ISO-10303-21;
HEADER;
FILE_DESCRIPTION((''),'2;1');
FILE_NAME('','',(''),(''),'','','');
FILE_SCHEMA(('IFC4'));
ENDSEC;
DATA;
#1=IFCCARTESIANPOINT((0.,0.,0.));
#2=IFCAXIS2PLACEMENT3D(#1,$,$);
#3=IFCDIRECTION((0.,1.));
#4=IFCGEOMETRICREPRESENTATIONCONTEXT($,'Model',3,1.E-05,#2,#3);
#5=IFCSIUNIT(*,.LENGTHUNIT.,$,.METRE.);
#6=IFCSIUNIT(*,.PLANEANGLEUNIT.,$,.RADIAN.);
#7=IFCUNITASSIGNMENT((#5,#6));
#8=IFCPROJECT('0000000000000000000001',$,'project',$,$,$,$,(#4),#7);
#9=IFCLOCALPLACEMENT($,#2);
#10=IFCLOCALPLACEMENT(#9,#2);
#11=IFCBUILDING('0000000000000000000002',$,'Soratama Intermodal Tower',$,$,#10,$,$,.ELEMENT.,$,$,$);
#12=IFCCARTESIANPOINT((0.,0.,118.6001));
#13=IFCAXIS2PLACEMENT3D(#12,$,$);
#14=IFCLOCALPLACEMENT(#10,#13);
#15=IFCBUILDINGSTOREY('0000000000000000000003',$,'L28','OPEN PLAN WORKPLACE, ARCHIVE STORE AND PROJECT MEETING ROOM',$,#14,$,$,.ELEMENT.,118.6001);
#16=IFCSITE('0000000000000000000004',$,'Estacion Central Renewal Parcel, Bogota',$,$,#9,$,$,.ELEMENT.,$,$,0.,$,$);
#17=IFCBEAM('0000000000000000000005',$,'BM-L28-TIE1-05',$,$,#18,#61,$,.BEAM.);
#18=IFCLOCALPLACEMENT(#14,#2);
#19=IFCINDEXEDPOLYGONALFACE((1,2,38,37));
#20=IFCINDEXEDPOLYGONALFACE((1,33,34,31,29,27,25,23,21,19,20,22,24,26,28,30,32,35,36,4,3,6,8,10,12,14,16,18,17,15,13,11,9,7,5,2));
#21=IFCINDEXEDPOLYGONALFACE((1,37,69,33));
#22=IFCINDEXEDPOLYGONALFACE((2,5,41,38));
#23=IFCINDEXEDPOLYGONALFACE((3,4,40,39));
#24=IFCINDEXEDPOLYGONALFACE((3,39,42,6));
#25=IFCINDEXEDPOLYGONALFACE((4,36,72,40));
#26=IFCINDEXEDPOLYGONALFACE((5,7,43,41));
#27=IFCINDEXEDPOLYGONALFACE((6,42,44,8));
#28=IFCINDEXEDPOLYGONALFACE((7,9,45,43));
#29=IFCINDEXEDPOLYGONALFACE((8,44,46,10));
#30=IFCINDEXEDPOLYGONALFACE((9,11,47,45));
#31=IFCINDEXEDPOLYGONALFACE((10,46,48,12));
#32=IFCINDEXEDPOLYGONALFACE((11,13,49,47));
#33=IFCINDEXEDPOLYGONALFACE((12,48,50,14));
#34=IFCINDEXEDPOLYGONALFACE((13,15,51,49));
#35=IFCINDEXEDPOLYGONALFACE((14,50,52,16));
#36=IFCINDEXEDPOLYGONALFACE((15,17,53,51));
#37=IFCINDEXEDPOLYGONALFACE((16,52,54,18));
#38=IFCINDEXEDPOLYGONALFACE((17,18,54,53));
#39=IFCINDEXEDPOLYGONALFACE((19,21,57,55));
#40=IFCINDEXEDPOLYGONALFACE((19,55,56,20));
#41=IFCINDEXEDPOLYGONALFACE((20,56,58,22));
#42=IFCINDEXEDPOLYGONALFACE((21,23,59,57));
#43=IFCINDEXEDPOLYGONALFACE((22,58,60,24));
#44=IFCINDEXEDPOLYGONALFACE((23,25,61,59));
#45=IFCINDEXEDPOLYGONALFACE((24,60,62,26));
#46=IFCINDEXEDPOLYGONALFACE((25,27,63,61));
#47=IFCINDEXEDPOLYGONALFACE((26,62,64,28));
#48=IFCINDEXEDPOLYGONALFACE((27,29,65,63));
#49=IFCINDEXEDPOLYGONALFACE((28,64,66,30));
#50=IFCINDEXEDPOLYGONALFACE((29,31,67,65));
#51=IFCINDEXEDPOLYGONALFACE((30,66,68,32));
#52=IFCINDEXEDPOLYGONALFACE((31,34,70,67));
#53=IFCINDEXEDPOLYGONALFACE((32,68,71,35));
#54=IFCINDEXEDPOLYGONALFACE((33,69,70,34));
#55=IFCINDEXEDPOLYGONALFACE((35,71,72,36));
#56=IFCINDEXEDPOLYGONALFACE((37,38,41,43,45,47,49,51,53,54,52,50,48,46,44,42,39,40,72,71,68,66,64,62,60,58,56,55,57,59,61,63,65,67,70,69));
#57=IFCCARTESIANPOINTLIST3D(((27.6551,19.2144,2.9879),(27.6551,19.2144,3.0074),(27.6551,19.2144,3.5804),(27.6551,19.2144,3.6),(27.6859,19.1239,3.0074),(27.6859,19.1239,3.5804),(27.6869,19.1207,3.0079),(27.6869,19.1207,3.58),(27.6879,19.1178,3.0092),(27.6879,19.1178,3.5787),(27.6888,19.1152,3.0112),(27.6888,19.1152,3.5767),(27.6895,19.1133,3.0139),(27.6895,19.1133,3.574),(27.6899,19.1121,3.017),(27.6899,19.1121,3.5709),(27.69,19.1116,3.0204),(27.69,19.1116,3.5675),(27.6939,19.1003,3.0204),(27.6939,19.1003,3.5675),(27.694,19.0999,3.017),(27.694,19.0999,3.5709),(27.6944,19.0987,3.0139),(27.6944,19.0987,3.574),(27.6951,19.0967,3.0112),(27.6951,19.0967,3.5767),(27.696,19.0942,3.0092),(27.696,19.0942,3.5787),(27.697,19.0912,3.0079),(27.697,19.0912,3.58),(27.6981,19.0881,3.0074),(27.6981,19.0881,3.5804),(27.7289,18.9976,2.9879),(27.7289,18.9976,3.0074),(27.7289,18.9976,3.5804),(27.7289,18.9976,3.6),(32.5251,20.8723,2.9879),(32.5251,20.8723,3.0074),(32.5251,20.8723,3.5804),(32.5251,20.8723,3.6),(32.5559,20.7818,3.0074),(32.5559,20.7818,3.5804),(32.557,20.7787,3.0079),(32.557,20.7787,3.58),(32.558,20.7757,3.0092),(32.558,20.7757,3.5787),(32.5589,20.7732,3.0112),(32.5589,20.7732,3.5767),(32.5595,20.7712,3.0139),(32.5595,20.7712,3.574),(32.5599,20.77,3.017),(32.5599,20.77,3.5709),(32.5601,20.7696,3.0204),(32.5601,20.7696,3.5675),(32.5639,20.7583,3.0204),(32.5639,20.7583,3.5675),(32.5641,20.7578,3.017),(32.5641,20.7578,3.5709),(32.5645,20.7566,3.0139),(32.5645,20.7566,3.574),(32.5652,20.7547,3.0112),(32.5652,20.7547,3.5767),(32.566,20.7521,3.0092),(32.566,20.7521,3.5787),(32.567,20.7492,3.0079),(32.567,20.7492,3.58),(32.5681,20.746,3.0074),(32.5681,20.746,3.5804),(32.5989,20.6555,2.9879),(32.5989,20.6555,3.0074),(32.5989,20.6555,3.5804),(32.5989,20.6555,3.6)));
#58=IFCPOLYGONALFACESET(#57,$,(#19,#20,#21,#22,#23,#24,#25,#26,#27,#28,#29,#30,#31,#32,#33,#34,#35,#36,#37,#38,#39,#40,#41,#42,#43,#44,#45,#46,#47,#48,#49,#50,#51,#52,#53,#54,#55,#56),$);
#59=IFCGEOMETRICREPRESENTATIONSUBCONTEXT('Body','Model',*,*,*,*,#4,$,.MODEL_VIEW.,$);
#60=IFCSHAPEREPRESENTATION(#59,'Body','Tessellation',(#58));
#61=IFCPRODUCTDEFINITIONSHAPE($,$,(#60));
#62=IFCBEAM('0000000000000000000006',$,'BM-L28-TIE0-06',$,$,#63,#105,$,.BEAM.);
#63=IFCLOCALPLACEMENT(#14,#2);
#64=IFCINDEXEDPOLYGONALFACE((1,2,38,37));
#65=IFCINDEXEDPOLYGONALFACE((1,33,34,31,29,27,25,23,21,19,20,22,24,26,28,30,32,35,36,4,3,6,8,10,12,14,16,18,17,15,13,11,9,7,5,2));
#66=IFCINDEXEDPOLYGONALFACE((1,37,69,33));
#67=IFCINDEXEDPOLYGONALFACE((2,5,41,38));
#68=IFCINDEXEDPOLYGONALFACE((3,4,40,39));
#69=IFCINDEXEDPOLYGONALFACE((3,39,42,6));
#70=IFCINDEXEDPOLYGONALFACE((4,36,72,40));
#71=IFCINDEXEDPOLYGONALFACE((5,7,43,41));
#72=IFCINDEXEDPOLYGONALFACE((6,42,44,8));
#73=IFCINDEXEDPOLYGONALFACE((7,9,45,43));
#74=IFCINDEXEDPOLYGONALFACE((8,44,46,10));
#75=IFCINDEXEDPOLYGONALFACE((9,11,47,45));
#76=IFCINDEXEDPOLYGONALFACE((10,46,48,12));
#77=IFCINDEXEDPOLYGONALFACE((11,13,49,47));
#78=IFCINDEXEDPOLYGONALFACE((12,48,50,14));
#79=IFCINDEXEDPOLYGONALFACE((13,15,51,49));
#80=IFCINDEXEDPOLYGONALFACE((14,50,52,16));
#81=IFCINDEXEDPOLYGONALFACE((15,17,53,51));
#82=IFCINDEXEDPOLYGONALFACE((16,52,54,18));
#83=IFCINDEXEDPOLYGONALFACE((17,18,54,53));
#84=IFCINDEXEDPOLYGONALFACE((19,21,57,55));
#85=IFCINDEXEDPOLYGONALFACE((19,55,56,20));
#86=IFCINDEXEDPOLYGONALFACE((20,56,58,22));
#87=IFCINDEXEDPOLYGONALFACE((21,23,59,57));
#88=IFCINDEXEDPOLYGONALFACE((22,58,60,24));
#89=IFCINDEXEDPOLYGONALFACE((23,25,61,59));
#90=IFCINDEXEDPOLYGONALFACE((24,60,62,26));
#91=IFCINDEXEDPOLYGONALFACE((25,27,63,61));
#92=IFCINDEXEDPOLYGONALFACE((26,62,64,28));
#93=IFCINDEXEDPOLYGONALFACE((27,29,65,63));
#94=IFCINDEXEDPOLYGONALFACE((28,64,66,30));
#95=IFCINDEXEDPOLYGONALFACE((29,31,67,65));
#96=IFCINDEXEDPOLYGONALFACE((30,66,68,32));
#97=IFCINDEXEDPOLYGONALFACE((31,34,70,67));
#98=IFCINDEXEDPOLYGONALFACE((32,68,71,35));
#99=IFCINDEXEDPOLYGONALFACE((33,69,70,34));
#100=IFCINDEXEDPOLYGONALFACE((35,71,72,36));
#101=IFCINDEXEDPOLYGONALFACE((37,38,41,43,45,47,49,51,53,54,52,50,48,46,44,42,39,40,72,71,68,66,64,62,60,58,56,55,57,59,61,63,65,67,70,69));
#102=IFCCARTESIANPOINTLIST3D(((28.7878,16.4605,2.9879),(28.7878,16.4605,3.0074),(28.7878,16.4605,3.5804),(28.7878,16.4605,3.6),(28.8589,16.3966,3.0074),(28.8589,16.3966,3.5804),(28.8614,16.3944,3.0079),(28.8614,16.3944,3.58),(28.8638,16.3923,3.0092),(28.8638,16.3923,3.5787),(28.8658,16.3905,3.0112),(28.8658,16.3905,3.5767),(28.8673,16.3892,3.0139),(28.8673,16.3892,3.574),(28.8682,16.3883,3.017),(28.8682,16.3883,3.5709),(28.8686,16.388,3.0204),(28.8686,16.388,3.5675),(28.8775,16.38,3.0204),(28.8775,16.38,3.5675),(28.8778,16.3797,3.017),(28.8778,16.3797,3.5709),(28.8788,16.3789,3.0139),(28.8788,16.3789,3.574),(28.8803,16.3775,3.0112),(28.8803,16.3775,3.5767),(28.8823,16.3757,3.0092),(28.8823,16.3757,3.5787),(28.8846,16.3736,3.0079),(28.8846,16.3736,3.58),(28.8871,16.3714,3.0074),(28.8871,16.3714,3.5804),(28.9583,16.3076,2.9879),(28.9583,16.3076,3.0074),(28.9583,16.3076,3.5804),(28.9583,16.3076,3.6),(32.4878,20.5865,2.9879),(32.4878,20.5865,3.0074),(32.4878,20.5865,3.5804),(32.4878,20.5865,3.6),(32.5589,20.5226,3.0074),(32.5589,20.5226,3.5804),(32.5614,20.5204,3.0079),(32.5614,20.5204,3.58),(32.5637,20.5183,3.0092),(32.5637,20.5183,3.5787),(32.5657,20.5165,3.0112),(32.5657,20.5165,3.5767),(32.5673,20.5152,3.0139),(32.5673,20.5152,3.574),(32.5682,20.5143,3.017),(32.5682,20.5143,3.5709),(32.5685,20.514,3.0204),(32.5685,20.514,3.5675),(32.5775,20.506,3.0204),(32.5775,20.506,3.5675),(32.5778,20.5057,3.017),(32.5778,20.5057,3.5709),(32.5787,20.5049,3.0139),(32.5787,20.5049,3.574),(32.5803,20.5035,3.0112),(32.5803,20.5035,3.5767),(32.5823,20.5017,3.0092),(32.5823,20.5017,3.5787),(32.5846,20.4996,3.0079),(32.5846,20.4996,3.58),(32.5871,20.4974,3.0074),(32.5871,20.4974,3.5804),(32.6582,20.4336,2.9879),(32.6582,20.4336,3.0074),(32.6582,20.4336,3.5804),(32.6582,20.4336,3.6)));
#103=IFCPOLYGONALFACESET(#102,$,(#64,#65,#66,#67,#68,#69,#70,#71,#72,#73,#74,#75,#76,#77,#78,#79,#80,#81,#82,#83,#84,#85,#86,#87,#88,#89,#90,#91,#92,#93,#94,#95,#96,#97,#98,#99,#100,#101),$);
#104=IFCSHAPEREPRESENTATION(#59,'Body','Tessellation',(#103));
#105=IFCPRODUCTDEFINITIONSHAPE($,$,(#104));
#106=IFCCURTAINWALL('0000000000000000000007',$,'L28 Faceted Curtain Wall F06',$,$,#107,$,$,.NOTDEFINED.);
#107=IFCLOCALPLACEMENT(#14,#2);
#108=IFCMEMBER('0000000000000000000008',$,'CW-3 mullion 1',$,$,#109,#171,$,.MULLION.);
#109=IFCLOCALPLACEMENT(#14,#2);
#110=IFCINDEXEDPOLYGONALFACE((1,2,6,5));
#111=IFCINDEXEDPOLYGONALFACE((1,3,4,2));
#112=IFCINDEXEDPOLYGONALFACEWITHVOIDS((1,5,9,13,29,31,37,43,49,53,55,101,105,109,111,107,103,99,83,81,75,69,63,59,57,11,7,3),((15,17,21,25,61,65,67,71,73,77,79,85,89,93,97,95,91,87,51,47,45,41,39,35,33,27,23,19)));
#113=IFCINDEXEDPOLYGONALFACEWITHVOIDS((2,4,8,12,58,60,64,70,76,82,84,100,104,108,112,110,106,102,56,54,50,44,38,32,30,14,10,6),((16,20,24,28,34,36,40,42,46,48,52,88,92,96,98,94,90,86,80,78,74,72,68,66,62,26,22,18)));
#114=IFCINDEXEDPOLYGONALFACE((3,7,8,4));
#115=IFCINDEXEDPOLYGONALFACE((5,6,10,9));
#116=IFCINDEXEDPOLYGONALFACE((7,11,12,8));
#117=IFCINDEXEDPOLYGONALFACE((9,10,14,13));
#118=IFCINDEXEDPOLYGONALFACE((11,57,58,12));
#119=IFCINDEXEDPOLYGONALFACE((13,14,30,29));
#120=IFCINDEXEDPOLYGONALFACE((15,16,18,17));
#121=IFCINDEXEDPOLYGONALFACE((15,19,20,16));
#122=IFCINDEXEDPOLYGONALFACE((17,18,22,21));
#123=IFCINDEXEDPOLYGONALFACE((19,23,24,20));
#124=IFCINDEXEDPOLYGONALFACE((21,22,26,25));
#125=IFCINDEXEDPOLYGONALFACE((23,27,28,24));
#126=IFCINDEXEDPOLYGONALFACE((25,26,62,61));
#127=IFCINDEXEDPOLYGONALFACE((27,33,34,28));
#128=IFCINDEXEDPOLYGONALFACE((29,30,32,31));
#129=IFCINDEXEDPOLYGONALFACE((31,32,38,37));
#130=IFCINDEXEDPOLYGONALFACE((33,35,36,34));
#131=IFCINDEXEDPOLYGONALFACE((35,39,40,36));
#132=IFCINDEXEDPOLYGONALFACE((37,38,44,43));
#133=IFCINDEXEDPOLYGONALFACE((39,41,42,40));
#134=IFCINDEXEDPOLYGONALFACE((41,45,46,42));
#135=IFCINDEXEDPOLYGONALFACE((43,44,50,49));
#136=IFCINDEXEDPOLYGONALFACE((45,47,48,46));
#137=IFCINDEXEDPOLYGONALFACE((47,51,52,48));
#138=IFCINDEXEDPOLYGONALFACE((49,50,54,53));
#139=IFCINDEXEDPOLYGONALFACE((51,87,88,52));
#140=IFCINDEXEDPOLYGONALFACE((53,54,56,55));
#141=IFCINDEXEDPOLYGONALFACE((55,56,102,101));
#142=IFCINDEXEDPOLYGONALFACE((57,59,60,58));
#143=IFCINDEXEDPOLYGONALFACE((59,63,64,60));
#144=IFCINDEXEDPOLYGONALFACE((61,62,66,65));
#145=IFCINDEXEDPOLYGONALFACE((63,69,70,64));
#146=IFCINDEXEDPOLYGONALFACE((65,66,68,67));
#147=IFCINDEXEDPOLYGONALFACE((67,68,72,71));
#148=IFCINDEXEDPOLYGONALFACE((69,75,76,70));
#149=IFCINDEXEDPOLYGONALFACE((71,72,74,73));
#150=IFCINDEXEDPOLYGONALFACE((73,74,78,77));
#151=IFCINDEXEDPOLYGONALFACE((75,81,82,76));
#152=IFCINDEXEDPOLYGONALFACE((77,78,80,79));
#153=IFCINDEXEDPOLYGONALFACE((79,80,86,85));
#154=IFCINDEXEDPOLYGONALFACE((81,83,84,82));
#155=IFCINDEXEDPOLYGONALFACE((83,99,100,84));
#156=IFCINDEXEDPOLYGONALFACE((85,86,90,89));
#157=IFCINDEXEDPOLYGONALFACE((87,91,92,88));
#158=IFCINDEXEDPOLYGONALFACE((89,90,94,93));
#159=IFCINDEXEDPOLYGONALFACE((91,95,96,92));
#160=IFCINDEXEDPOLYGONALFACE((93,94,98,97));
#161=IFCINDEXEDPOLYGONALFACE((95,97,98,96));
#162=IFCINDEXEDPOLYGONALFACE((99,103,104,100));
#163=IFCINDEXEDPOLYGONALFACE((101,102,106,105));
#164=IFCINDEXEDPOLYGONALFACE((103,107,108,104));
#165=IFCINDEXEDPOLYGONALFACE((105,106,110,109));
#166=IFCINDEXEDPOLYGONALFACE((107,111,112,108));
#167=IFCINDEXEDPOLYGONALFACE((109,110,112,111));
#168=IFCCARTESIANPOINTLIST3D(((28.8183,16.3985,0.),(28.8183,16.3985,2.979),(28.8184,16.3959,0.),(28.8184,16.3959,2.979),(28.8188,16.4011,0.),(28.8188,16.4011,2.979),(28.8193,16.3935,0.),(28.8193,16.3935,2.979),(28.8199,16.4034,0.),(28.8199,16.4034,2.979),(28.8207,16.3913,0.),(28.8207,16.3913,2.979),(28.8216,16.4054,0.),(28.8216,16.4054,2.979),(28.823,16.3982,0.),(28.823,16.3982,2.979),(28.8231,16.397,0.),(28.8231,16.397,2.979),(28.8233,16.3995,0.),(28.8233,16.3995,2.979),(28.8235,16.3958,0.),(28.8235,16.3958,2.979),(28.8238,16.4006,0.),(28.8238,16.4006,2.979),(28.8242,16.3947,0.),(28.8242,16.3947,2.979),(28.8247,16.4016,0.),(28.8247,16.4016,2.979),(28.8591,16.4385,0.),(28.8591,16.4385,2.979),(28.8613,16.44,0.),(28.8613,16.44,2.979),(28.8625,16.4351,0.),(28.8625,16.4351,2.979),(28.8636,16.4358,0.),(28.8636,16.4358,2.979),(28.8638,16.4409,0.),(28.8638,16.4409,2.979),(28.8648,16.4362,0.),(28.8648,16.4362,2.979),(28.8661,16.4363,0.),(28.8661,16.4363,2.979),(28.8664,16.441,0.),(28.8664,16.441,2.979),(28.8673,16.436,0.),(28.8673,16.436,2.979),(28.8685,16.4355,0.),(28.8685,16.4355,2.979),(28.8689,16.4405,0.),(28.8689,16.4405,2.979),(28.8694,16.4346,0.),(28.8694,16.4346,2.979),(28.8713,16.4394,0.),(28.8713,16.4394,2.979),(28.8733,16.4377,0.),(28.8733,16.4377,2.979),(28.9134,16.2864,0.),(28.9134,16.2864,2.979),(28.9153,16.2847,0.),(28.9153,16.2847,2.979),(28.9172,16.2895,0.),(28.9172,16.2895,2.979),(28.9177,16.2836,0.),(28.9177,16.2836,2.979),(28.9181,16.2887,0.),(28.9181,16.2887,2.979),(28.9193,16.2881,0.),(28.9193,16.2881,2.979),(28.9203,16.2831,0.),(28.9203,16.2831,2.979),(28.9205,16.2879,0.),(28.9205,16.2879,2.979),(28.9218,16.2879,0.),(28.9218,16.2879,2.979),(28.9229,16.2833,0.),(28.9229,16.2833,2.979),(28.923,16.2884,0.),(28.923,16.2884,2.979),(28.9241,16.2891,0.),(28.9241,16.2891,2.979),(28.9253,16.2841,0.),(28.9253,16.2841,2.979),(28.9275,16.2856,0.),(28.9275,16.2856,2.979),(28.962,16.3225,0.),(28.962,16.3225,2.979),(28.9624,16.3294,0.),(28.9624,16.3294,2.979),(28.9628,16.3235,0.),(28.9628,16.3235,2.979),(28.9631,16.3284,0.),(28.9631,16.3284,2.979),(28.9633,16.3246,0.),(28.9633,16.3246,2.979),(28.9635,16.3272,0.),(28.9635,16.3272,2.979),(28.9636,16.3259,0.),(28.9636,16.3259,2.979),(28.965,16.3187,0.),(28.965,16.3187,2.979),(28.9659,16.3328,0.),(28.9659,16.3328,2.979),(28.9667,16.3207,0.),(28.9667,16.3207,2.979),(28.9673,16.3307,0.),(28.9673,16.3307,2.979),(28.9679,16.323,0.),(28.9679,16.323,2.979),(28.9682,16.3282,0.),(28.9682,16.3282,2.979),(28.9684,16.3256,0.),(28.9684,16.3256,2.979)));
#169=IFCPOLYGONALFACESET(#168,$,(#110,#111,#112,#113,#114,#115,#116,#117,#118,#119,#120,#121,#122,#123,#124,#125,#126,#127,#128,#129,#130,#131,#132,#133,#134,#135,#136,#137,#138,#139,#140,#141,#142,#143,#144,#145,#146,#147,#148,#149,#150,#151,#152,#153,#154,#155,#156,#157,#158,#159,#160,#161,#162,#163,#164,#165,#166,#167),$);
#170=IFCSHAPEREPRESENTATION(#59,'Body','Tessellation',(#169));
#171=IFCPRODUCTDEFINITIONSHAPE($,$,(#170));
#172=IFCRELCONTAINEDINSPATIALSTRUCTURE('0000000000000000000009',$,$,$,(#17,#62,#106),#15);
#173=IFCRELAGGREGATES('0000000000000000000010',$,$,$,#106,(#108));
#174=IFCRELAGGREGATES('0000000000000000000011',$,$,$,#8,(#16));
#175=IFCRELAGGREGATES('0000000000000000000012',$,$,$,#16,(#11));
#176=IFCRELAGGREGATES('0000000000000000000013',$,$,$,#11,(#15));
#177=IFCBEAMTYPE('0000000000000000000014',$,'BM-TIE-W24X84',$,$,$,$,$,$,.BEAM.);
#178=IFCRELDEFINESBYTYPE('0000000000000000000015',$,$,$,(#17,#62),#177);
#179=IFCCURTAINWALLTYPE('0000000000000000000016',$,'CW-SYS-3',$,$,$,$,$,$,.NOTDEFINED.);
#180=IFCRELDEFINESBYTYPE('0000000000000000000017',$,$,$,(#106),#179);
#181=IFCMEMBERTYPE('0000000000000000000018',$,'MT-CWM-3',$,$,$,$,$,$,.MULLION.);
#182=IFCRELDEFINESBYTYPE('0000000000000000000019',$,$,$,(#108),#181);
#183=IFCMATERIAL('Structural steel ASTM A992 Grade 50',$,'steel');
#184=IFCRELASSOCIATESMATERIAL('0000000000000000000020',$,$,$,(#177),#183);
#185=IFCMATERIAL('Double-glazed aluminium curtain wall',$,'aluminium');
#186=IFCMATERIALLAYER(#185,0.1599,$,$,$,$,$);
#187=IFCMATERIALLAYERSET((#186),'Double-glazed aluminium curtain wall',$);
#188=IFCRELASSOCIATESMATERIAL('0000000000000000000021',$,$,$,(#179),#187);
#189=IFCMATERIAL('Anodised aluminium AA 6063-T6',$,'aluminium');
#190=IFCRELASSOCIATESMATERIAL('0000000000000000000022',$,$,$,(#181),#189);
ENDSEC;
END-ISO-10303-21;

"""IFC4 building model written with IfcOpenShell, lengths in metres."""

from ifc_helpers import new_model, si_unit, direction, frame, origin, origin_2d, place, context, subcontext, project, spatial, hollow_rectangle, i_section, extrude, material, layer, layer_set, material_profile, profile_set, type_object, element, aggregate, save


model = new_model("IFC4")

# Units and contexts
model_context = context("Model", 3, precision=1e-05, world=origin(), true_north=direction((0.0, 1.0)))
body_context = subcontext(model_context, "Body", "Model", "MODEL_VIEW")
ifc_project = project(units=[si_unit("LENGTHUNIT", "METRE"), si_unit("PLANEANGLEUNIT", "RADIAN")], contexts=[model_context])

# Site, building, storey
site_placement = place(None, origin())
site = spatial("IfcSite", under=ifc_project, at=site_placement, Name="Estacion Central Renewal Parcel, Bogota", CompositionType="ELEMENT", RefElevation=0.0)
building_placement = place(site_placement, origin())
building = spatial("IfcBuilding", under=site, at=building_placement, Name="Soratama Intermodal Tower", CompositionType="ELEMENT")
storey_placement = place(building_placement, frame((0.0, 0.0, 118.6001)))
storey = spatial("IfcBuildingStorey", under=building, at=storey_placement, Name="L28", Description="OPEN PLAN WORKPLACE, ARCHIVE STORE AND PROJECT MEETING ROOM", CompositionType="ELEMENT", Elevation=118.6001)

# Beams
ifc_material_1 = material(Name="Structural steel ASTM A992 Grade 50", Category="steel")
ifc_material_profile_1 = material_profile(ifc_material_1, i_section(OverallWidth=0.229, OverallDepth=0.6121, WebThickness=0.012, FlangeThickness=0.0195, FilletRadius=0.0129, at=origin_2d()), Name="W24X84")
ifc_profile_set_1 = profile_set([ifc_material_profile_1], Name="Structural steel ASTM A992 Grade 50")
beam_type_1 = type_object("IfcBeamType", Name="BM-TIE-W24X84", PredefinedType="BEAM", material=ifc_profile_set_1)
beam_1_placement = place(storey_placement, frame((32.562, 20.7639, 3.2939), z_axis=(-0.946647, -0.322272, 0.0), x_axis=(0.322272, -0.946647, 0.0)))
element("IfcBeam", 1, at=beam_1_placement, inside=storey, type_object=beam_type_1, Name="BM-L28-TIE1-05", PredefinedType="BEAM", context=body_context, shape_type="SweptSolid", body=[
    extrude(i_section(OverallWidth=0.229, OverallDepth=0.6121, WebThickness=0.012, FlangeThickness=0.0195, FilletRadius=0.0129, at=origin_2d()), origin(), (0.0, 0.0, 1.0), 5.1445),
])
beam_2_placement = place(storey_placement, frame((32.573, 20.51, 3.2939), z_axis=(-0.667625, -0.744498, 0.0), x_axis=(0.744498, -0.667625, 0.0)))
element("IfcBeam", 2, at=beam_2_placement, inside=storey, type_object=beam_type_1, Name="BM-L28-TIE0-06", PredefinedType="BEAM", context=body_context, shape_type="SweptSolid", body=[
    extrude(i_section(OverallWidth=0.229, OverallDepth=0.6121, WebThickness=0.012, FlangeThickness=0.0195, FilletRadius=0.0129, at=origin_2d()), origin(), (0.0, 0.0, 1.0), 5.542),
])

# Curtain wall, member
ifc_material_2 = material(Name="Double-glazed aluminium curtain wall", Category="aluminium")
ifc_layer_1 = layer(ifc_material_2, 0.1599)
ifc_layer_set_1 = layer_set([ifc_layer_1], Name="Double-glazed aluminium curtain wall")
curtain_wall_type = type_object("IfcCurtainWallType", Name="CW-SYS-3", PredefinedType="NOTDEFINED", material=ifc_layer_set_1)
curtain_wall_placement = place(storey_placement, origin())
curtain_wall = element("IfcCurtainWall", 3, at=curtain_wall_placement, inside=storey, type_object=curtain_wall_type, Name="L28 Faceted Curtain Wall F06", PredefinedType="NOTDEFINED")
ifc_material_3 = material(Name="Anodised aluminium AA 6063-T6", Category="aluminium")
ifc_material_profile_2 = material_profile(ifc_material_3, hollow_rectangle(XDim=0.0701, YDim=0.1599, WallThickness=0.0049, InnerFilletRadius=0.0049, OuterFilletRadius=0.01, at=origin_2d()), Name="CWM160X70X5")
ifc_profile_set_2 = profile_set([ifc_material_profile_2], Name="Anodised aluminium AA 6063-T6")
member_type_1 = type_object("IfcMemberType", Name="MT-CWM-3", PredefinedType="MULLION", material=ifc_profile_set_2)
member_1_placement = place(storey_placement, frame((28.8933, 16.3621, 0.0), z_axis=(0.0, 0.0, 1.0), x_axis=(0.749418, 0.662098, 0.0)))
member_1 = element("IfcMember", 4, at=member_1_placement, type_object=member_type_1, Name="CW-3 mullion 1", PredefinedType="MULLION", context=body_context, shape_type="SweptSolid", body=[
    extrude(hollow_rectangle(XDim=0.0701, YDim=0.1599, WallThickness=0.0049, InnerFilletRadius=0.0049, OuterFilletRadius=0.01, at=origin_2d()), origin(), (0.0, 0.0, 1.0), 2.979),
])
aggregate(curtain_wall, [member_1])

save(model, "model.ifc")
